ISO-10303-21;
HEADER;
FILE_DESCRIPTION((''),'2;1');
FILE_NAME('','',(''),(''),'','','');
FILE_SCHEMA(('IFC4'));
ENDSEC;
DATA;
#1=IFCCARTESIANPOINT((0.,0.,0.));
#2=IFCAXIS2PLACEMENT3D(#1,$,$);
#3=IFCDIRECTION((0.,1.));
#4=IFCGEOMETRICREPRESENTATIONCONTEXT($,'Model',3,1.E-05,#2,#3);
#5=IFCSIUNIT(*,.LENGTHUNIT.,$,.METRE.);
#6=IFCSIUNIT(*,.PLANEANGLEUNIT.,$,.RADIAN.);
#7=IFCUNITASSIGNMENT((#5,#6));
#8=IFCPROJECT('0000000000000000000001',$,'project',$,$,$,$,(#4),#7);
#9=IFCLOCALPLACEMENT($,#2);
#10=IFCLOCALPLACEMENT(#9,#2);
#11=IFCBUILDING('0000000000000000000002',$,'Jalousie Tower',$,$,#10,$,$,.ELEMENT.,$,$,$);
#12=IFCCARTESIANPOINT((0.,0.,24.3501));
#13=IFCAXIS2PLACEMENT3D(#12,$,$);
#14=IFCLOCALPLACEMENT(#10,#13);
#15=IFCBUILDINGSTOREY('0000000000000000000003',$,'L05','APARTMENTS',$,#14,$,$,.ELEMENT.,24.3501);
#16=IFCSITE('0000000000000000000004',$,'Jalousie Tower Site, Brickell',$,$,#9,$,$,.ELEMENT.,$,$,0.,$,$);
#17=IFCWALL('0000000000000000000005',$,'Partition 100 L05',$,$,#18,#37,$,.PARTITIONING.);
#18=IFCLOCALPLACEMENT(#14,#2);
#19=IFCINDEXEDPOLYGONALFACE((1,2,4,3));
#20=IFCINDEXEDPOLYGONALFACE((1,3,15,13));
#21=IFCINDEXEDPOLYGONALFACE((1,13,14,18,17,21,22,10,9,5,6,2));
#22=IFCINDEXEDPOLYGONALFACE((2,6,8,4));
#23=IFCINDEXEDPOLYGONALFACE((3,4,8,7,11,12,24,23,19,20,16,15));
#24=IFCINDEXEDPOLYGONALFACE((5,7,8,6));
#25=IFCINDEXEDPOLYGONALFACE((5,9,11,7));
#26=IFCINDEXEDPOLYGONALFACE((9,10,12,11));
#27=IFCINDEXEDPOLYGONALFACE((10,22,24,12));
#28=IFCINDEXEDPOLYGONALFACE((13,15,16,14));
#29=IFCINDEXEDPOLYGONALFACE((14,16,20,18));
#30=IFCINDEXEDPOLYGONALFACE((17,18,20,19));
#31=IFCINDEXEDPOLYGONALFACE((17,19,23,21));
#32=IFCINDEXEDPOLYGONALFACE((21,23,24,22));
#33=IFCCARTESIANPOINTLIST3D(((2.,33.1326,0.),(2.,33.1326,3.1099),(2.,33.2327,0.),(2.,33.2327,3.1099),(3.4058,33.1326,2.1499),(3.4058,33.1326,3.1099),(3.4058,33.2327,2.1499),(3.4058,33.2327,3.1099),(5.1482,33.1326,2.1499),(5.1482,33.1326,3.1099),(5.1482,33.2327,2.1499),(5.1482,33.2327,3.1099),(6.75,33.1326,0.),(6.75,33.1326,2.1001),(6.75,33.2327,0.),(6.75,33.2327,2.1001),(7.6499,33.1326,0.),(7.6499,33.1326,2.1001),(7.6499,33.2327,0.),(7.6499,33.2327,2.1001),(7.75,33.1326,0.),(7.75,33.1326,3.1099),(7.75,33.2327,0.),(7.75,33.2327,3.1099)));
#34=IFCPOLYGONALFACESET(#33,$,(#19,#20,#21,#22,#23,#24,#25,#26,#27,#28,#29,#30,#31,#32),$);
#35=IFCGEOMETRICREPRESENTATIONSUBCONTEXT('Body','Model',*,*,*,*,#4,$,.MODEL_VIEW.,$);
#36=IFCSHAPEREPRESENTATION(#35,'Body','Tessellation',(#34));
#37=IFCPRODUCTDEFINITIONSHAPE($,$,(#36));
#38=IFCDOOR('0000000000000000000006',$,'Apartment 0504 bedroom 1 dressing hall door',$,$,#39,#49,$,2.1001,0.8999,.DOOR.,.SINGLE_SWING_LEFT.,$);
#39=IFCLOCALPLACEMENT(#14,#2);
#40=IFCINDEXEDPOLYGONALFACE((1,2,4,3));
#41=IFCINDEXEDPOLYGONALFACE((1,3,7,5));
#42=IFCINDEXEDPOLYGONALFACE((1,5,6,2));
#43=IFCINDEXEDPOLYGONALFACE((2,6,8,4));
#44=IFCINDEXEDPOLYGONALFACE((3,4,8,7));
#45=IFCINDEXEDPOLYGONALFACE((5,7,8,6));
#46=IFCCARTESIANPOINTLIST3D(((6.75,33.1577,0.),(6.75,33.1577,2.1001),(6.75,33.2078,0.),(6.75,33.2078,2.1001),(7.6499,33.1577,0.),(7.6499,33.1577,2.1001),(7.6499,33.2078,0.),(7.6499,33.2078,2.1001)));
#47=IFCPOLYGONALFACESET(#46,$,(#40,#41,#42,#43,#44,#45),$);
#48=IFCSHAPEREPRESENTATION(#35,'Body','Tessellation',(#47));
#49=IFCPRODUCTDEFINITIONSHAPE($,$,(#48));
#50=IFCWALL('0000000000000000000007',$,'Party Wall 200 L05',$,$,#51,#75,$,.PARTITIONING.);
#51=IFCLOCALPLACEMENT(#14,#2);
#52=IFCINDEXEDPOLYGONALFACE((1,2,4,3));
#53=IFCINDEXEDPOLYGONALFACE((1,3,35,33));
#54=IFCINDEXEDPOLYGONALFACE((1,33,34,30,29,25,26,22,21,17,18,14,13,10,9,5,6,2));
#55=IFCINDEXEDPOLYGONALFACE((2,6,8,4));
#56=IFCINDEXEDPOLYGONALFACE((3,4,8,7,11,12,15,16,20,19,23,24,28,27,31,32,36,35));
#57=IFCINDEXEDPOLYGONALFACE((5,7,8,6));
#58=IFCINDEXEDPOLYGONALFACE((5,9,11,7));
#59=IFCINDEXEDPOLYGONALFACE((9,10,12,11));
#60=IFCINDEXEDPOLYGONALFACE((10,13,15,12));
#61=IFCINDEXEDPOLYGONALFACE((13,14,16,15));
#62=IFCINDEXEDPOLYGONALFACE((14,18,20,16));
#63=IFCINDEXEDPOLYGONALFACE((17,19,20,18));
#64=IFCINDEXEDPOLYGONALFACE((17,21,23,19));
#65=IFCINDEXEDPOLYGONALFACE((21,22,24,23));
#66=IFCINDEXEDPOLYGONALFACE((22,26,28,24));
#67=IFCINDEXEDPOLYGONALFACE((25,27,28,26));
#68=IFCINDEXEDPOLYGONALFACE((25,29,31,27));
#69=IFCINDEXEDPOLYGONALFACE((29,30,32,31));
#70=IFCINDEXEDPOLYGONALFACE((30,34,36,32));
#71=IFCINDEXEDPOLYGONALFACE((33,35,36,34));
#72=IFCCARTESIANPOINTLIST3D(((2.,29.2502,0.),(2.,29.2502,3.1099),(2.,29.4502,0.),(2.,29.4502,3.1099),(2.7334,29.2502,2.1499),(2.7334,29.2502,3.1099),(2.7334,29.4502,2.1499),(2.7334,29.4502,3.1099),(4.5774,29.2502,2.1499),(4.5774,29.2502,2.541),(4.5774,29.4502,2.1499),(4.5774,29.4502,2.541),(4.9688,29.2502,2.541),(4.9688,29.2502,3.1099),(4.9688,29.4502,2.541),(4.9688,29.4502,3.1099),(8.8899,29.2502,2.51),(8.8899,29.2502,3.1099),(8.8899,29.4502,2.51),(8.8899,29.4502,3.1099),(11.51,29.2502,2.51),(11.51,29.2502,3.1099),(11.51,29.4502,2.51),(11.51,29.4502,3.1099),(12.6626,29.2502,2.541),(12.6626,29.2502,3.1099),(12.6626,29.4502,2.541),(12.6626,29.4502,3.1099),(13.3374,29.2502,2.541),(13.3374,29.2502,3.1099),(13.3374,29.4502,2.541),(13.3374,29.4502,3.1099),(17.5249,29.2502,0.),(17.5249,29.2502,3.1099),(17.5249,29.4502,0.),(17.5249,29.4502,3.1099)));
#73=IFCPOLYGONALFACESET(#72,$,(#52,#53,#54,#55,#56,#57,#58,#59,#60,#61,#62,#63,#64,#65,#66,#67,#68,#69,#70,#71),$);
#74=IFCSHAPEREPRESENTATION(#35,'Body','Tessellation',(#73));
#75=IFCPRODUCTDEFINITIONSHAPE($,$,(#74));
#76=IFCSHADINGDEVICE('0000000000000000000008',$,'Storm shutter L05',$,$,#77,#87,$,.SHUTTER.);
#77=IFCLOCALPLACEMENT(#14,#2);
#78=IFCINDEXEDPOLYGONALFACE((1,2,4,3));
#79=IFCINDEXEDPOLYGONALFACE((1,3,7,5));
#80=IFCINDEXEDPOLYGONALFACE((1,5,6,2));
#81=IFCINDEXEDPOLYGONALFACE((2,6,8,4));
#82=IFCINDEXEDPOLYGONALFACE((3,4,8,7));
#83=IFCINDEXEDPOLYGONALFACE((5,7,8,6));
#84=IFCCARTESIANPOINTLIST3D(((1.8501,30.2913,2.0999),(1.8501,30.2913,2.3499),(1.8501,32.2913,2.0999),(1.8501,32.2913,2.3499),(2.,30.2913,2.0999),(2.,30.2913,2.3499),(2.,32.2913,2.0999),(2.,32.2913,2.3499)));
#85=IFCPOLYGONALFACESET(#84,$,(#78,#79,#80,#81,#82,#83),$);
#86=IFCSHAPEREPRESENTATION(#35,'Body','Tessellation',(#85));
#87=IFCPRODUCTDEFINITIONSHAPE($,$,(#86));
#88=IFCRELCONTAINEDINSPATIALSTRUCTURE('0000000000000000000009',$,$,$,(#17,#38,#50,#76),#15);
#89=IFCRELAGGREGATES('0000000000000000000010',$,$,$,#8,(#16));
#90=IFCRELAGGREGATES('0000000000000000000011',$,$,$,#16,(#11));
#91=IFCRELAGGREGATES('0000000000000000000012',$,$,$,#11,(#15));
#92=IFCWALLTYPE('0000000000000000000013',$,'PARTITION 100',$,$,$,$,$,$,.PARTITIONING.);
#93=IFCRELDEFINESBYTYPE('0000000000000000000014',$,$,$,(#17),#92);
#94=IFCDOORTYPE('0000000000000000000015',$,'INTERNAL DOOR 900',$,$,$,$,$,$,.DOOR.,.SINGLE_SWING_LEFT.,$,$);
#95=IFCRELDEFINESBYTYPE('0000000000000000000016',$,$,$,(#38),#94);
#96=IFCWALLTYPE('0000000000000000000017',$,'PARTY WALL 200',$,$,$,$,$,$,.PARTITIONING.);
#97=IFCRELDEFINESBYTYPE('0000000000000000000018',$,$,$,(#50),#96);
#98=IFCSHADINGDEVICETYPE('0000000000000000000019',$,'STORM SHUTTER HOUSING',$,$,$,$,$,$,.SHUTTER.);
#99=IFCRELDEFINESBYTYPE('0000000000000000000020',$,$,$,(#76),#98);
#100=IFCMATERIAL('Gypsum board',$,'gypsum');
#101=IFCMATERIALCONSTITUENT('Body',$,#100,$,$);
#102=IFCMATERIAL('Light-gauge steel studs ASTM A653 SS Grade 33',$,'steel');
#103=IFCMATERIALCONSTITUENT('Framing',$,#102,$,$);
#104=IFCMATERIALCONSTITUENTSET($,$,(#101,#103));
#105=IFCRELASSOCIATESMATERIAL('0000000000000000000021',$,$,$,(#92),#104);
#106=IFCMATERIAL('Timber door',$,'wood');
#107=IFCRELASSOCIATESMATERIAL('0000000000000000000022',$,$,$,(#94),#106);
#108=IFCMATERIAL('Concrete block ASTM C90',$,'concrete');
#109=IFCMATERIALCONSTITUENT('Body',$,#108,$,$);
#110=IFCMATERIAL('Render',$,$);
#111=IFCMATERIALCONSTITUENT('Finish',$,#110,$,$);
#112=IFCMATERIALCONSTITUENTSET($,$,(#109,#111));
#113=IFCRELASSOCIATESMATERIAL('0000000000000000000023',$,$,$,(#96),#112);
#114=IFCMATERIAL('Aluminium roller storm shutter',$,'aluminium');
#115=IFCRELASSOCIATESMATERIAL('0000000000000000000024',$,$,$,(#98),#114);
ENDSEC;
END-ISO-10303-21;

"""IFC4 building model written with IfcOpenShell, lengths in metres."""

from ifc_helpers import new_model, si_unit, direction, frame, frame_2d, origin, origin_2d, place, context, subcontext, project, spatial, polyline, rectangle, outline, extrude, material, constituent, constituent_set, type_object, element, fill, save


model = new_model("IFC4")

# Units and contexts
model_context = context("Model", 3, precision=1e-05, world=origin(), true_north=direction((0.0, 1.0)))
body_context = subcontext(model_context, "Body", "Model", "MODEL_VIEW")
ifc_project = project(units=[si_unit("LENGTHUNIT", "METRE"), si_unit("PLANEANGLEUNIT", "RADIAN")], contexts=[model_context])

# Site, building, storey
site_placement = place(None, origin())
site = spatial("IfcSite", under=ifc_project, at=site_placement, Name="Jalousie Tower Site, Brickell", CompositionType="ELEMENT", RefElevation=0.0)
building_placement = place(site_placement, origin())
building = spatial("IfcBuilding", under=site, at=building_placement, Name="Jalousie Tower", CompositionType="ELEMENT")
storey_placement = place(building_placement, frame((0.0, 0.0, 24.3501)))
storey = spatial("IfcBuildingStorey", under=building, at=storey_placement, Name="L05", Description="APARTMENTS", CompositionType="ELEMENT", Elevation=24.3501)

# Shared definitions
ifc_material_1 = material(Name="Gypsum board", Category="gypsum")
ifc_constituent_1 = constituent(ifc_material_1, Name="Body")
ifc_material_2 = material(Name="Light-gauge steel studs ASTM A653 SS Grade 33", Category="steel")
ifc_constituent_2 = constituent(ifc_material_2, Name="Framing")
ifc_constituent_set_1 = constituent_set(constituents=[ifc_constituent_1, ifc_constituent_2])
wall_type_1 = type_object("IfcWallType", Name="PARTITION 100", PredefinedType="PARTITIONING", material=ifc_constituent_set_1)

# Wall, opening, door
wall_1_placement = place(storey_placement, frame((2.0, 33.1826, 0.0), z_axis=(0.0, 0.0, 1.0), x_axis=(1.0, 0.0, 0.0)))
wall_1 = element("IfcWall", 1, at=wall_1_placement, inside=storey, type_object=wall_type_1, Name="Partition 100 L05", PredefinedType="PARTITIONING", context=body_context, shape_type="SweptSolid", body=[
    extrude(outline(polyline([(0.0, 0.0), (5.75, 0.0), (5.75, 3.1099), (3.1482, 3.1099), (3.1482, 2.1499), (1.4058, 2.1499), (1.4058, 3.1099), (0.0, 3.1099), (0.0, 0.0)])), frame((0.0, 0.05, 0.0), z_axis=(0.0, -1.0, 0.0), x_axis=(1.0, 0.0, 0.0)), (0.0, 0.0, 1.0), 0.1001),
])
opening_1_placement = place(wall_1_placement, frame((4.75, 0.0, 0.0)))
opening_1 = element("IfcOpeningElement", 2, at=opening_1_placement, cuts=wall_1, PredefinedType="OPENING", context=body_context, shape_type="SweptSolid", body=[
    extrude(rectangle(XDim=0.8999, YDim=2.1001, at=frame_2d((0.45, 1.05))), frame((0.0, 0.0601, 0.0), z_axis=(0.0, -1.0, 0.0), x_axis=(1.0, 0.0, 0.0)), (0.0, 0.0, 1.0), 0.1201),
])
ifc_material_3 = material(Name="Timber door", Category="wood")
door_type_1 = type_object("IfcDoorType", Name="INTERNAL DOOR 900", OperationType="SINGLE_SWING_LEFT", PredefinedType="DOOR", material=ifc_material_3)
door_1_placement = place(opening_1_placement, frame((0.8999, 0.0, 0.0), z_axis=(0.0, 0.0, 1.0), x_axis=(-1.0, 0.0, 0.0)))
door_1 = element("IfcDoor", 3, at=door_1_placement, inside=storey, type_object=door_type_1, Name="Apartment 0504 bedroom 1 dressing hall door", OperationType="SINGLE_SWING_LEFT", OverallHeight=2.1001, OverallWidth=0.8999, PredefinedType="DOOR", context=body_context, shape_type="SweptSolid", body=[
    extrude(rectangle(XDim=0.8999, YDim=2.1001, at=frame_2d((0.45, 1.05))), frame((0.0, 0.0249, 0.0), z_axis=(0.0, -1.0, 0.0), x_axis=(1.0, 0.0, 0.0)), (0.0, 0.0, 1.0), 0.05),
])
fill(opening_1, door_1)

# Wall
ifc_material_4 = material(Name="Concrete block ASTM C90", Category="concrete")
ifc_constituent_3 = constituent(ifc_material_4, Name="Body")
ifc_material_5 = material(Name="Render")
ifc_constituent_4 = constituent(ifc_material_5, Name="Finish")
ifc_constituent_set_2 = constituent_set(constituents=[ifc_constituent_3, ifc_constituent_4])
wall_type_2 = type_object("IfcWallType", Name="PARTY WALL 200", PredefinedType="PARTITIONING", material=ifc_constituent_set_2)
wall_2_placement = place(storey_placement, frame((2.0, 29.3501, 0.0), z_axis=(0.0, 0.0, 1.0), x_axis=(1.0, 0.0, 0.0)))
element("IfcWall", 4, at=wall_2_placement, inside=storey, type_object=wall_type_2, Name="Party Wall 200 L05", PredefinedType="PARTITIONING", context=body_context, shape_type="SweptSolid", body=[
    extrude(outline(polyline([(0.0, 0.0), (15.5249, 0.0), (15.5249, 3.1099), (11.3374, 3.1099), (11.3374, 2.541), (10.6626, 2.541), (10.6626, 3.1099), (9.51, 3.1099), (9.51, 2.51), (6.8899, 2.51), (6.8899, 3.1099), (2.9688, 3.1099), (2.9688, 2.541), (2.5774, 2.541), (2.5774, 2.1499), (0.7334, 2.1499), (0.7334, 3.1099), (0.0, 3.1099), (0.0, 0.0)])), frame((0.0, 0.1001, 0.0), z_axis=(0.0, -1.0, 0.0), x_axis=(1.0, 0.0, 0.0)), (0.0, 0.0, 1.0), 0.2),
])

# Shading device
ifc_material_6 = material(Name="Aluminium roller storm shutter", Category="aluminium")
shading_device_type = type_object("IfcShadingDeviceType", Name="STORM SHUTTER HOUSING", PredefinedType="SHUTTER", material=ifc_material_6)
shading_device_placement = place(storey_placement, frame((1.925, 31.2913, 2.0999), z_axis=(0.0, 0.0, 1.0), x_axis=(0.0, -1.0, 0.0)))
element("IfcShadingDevice", 5, at=shading_device_placement, inside=storey, type_object=shading_device_type, Name="Storm shutter L05", PredefinedType="SHUTTER", context=body_context, shape_type="SweptSolid", body=[
    extrude(rectangle(XDim=2.0, YDim=0.1499, at=origin_2d()), origin(), (0.0, 0.0, 1.0), 0.25),
])

save(model, "model.ifc")
